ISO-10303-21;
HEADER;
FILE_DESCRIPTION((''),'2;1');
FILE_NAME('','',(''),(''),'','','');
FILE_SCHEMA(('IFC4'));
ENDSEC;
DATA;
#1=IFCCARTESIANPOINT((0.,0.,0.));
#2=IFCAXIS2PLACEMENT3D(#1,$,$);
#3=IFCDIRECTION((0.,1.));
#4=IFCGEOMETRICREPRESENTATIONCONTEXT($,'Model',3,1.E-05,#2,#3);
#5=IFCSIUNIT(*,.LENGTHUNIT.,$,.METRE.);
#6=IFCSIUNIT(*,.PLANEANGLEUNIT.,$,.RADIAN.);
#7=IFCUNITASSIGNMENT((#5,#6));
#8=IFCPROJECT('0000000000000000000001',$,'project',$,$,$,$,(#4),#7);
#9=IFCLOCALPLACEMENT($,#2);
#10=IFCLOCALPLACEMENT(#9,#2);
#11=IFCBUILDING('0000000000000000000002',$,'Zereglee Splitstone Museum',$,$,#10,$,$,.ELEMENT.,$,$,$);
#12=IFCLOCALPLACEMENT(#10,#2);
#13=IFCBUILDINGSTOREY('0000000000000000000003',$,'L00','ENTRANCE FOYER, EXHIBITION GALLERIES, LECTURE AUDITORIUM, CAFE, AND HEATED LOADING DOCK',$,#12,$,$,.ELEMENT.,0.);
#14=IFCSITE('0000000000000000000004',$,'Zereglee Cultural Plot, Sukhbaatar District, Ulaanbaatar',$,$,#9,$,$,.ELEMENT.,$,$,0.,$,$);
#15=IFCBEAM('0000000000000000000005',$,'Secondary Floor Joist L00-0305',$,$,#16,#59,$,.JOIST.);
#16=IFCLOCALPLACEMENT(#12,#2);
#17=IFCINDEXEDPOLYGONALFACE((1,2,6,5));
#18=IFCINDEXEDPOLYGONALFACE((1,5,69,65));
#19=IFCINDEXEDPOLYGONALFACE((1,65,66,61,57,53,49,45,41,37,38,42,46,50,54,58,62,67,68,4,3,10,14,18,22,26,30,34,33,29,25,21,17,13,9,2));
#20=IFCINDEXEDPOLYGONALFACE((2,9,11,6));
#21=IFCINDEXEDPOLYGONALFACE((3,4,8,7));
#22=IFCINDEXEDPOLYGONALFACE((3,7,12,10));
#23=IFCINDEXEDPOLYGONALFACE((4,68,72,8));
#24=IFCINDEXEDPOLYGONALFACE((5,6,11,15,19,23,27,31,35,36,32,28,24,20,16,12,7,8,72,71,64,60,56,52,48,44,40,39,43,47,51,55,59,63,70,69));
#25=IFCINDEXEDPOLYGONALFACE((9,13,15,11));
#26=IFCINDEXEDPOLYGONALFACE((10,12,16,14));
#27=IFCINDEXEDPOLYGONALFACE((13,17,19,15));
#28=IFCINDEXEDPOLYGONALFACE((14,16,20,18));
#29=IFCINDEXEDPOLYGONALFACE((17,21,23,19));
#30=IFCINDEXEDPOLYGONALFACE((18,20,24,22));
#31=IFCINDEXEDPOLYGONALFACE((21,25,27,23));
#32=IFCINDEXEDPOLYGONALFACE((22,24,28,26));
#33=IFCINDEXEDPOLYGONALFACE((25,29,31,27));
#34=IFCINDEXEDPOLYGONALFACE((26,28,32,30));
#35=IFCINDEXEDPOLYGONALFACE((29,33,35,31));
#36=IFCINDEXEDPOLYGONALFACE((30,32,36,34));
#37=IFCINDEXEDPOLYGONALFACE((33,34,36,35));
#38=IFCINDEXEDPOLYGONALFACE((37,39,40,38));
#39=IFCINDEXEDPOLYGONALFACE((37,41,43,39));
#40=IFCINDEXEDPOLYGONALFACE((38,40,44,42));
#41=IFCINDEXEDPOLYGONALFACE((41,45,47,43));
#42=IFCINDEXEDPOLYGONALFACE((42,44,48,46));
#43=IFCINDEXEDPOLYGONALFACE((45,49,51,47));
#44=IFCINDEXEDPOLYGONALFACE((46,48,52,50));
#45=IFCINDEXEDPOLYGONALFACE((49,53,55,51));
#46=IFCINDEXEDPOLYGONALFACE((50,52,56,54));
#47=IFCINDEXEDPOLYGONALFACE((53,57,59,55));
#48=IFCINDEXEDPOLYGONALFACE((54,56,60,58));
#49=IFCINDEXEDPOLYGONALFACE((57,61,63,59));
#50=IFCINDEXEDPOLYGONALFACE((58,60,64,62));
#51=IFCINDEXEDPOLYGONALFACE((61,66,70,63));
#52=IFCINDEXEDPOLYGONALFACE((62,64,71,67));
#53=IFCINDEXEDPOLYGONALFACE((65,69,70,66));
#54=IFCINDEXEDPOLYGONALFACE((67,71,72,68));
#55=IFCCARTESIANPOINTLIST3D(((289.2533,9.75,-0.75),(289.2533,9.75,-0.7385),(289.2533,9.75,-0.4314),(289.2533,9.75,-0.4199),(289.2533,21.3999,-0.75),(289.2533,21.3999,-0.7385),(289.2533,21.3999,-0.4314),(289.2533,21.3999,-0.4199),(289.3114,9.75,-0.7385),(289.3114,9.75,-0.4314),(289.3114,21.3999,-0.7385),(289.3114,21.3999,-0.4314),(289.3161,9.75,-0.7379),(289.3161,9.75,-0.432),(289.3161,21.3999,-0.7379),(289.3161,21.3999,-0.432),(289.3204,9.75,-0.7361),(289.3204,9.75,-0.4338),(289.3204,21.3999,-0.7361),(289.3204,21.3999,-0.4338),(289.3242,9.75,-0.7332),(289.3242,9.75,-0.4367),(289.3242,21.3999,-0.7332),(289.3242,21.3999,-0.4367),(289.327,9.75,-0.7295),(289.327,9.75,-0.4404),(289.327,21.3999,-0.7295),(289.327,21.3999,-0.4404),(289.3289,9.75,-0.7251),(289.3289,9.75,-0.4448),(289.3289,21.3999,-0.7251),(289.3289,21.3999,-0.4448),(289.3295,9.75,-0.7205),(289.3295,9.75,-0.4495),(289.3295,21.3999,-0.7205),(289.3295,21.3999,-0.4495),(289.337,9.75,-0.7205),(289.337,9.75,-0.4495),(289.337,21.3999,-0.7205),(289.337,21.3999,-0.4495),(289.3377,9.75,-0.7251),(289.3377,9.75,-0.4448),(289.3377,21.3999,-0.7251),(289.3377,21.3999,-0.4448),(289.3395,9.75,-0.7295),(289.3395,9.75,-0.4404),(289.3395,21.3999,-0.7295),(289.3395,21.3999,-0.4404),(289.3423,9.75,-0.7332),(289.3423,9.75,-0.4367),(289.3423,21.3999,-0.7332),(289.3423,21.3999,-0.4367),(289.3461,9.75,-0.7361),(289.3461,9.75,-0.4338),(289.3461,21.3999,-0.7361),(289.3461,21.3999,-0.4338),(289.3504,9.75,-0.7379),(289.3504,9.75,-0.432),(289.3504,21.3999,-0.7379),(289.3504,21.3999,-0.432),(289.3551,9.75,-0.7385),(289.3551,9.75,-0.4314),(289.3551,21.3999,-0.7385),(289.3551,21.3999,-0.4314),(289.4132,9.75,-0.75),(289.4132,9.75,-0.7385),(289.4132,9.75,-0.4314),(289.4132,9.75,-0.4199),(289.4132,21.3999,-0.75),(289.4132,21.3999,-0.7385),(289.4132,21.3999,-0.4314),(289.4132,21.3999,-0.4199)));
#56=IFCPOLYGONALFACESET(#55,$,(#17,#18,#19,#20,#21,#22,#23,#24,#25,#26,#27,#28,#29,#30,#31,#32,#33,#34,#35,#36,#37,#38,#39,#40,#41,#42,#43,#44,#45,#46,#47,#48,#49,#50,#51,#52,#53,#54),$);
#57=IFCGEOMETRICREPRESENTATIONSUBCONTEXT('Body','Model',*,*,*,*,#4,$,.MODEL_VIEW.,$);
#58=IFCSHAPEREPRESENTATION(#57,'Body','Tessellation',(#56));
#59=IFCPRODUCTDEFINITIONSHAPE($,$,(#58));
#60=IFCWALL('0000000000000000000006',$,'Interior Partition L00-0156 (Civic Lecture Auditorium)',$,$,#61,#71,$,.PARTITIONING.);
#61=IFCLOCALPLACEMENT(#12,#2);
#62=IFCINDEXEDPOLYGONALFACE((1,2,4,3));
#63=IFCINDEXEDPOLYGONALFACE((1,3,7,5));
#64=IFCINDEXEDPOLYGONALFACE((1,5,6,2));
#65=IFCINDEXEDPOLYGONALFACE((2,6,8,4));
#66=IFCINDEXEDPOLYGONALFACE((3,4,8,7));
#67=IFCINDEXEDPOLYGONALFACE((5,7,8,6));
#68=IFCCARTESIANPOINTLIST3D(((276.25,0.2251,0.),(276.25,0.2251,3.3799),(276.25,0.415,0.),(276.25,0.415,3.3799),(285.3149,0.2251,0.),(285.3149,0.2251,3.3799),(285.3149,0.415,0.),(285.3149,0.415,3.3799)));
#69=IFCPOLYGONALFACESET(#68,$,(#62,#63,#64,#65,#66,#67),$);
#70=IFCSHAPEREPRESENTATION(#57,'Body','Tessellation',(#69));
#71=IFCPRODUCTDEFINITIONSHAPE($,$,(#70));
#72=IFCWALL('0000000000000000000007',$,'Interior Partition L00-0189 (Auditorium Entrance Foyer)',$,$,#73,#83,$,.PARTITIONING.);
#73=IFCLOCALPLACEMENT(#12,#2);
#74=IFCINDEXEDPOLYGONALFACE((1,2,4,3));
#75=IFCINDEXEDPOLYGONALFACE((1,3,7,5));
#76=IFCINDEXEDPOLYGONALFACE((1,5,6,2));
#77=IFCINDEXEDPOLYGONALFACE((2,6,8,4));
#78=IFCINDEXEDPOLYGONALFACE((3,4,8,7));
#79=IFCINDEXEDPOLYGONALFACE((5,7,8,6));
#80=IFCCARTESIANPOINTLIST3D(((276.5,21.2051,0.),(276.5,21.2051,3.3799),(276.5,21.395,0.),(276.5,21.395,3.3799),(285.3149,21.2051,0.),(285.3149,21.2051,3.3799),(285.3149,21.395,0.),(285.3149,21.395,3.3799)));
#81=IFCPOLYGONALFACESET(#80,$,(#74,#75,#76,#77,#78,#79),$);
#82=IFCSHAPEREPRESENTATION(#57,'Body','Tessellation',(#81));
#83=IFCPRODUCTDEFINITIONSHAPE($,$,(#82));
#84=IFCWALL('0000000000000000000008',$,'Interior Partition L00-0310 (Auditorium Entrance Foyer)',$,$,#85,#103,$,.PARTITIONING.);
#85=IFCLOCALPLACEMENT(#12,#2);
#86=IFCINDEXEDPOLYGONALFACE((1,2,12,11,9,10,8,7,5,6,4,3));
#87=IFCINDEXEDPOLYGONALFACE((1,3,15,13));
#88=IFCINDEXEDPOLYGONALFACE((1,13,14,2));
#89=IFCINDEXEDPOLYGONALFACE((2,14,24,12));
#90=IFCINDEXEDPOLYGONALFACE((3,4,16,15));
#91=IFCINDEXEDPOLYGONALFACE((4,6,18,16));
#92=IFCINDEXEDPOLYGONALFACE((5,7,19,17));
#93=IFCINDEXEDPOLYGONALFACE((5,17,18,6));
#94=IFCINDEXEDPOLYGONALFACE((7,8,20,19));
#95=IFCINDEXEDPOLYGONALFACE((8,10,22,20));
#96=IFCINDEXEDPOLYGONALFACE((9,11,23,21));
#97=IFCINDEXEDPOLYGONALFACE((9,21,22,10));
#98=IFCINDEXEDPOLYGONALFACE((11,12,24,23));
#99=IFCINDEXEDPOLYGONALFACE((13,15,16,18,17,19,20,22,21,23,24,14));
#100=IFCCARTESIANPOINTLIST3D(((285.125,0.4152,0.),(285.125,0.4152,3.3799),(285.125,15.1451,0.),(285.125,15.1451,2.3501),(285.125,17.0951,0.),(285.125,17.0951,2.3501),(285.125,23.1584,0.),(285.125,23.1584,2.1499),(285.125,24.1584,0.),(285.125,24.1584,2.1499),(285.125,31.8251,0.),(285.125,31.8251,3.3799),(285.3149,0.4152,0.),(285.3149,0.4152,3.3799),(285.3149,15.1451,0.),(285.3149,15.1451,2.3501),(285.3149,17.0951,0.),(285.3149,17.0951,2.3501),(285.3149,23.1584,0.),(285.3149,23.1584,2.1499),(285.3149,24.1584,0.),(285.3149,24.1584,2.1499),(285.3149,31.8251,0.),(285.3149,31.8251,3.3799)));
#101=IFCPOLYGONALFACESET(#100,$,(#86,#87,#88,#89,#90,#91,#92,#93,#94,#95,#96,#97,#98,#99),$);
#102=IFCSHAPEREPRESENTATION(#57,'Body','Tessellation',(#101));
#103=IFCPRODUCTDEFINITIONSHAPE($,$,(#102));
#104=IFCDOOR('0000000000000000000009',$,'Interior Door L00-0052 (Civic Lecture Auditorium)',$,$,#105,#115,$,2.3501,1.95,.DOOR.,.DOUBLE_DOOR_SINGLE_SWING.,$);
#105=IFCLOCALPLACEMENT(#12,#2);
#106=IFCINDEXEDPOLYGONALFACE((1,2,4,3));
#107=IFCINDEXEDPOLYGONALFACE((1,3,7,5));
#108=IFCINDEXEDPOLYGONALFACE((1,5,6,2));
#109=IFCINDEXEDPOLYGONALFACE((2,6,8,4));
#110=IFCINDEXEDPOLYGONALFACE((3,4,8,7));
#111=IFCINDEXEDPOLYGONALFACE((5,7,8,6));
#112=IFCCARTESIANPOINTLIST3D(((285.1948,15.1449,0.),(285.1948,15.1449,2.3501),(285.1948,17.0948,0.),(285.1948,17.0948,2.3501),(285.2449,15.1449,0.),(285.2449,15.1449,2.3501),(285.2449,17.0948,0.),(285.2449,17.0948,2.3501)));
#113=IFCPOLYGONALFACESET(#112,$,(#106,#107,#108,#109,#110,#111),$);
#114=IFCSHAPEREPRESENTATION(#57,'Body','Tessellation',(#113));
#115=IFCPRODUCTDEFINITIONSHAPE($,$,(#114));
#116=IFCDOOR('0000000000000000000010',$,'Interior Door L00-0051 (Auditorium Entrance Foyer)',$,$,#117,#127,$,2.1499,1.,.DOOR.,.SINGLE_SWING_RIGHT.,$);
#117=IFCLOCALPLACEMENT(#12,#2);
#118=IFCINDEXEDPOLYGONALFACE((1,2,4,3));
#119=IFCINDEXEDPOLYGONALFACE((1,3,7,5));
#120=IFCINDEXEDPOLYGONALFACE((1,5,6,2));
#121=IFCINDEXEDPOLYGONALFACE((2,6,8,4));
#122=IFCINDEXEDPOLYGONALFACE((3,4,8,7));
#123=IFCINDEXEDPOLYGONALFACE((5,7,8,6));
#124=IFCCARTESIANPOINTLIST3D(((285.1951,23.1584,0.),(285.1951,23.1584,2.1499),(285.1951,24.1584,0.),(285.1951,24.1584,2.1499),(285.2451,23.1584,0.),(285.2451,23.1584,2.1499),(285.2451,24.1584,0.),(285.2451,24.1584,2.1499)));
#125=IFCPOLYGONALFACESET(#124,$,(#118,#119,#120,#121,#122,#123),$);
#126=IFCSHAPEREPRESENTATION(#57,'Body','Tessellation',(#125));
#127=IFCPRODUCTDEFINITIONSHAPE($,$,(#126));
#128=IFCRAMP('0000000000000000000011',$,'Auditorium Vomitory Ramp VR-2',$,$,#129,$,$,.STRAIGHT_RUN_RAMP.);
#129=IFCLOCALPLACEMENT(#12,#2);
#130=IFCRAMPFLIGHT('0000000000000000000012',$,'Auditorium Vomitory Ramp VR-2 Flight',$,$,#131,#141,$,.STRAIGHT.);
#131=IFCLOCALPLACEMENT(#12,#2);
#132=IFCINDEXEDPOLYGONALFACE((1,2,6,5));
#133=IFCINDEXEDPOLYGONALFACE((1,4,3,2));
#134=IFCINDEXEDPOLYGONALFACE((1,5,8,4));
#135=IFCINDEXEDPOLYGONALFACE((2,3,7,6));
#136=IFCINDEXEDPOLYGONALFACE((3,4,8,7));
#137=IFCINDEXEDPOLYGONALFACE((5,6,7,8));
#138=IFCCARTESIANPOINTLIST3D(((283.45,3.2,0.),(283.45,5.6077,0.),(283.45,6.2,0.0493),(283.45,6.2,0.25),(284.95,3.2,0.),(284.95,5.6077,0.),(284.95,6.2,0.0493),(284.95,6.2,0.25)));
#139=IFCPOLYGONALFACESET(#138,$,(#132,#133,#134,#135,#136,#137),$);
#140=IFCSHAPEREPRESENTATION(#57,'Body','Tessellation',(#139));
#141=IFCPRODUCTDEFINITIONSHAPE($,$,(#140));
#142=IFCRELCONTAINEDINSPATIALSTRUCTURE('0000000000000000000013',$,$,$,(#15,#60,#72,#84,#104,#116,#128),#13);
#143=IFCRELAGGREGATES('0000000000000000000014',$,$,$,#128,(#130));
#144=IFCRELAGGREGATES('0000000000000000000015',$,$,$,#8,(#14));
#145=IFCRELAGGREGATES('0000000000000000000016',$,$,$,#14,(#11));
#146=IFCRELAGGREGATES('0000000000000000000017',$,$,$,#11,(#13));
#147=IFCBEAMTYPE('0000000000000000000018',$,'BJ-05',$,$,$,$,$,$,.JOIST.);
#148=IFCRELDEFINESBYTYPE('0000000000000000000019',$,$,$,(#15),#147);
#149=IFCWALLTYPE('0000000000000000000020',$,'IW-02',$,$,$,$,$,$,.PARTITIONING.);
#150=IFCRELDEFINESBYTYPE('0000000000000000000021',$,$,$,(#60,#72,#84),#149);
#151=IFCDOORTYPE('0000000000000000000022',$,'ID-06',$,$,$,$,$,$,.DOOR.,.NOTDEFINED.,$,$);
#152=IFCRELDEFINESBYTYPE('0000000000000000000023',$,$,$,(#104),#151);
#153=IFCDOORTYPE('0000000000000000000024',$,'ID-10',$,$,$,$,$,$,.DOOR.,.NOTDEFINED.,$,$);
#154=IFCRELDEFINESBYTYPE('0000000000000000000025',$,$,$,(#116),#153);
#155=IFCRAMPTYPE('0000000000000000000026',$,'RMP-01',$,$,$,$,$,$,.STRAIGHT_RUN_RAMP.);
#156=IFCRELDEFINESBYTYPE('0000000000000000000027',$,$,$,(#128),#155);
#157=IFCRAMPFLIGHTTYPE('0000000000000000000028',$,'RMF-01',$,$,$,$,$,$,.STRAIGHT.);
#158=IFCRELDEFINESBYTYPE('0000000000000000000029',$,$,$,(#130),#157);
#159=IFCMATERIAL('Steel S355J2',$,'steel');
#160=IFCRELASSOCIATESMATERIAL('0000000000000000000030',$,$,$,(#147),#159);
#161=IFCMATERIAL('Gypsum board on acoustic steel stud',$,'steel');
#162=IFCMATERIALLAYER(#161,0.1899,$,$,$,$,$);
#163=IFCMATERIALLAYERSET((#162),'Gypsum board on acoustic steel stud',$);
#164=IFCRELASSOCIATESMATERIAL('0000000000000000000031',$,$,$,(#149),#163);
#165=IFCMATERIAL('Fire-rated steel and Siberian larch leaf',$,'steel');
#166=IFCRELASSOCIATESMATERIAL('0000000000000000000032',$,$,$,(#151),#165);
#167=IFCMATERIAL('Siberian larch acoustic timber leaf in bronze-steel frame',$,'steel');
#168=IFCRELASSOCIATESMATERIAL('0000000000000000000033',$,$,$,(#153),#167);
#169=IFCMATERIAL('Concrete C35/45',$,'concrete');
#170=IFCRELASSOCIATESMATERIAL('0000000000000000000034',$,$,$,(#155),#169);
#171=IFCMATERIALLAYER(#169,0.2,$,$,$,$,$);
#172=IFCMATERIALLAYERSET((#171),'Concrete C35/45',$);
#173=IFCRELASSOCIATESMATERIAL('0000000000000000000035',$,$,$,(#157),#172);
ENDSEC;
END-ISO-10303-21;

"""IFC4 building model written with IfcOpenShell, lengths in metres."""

from ifc_helpers import new_model, si_unit, direction, frame, frame_2d, origin, origin_2d, place, context, subcontext, project, spatial, polyline, rectangle, i_section, outline, extrude, material, layer, layer_set, material_profile, profile_set, type_object, element, fill, aggregate, save


model = new_model("IFC4")

# Units and contexts
model_context = context("Model", 3, precision=1e-05, world=origin(), true_north=direction((0.0, 1.0)))
body_context = subcontext(model_context, "Body", "Model", "MODEL_VIEW")
ifc_project = project(units=[si_unit("LENGTHUNIT", "METRE"), si_unit("PLANEANGLEUNIT", "RADIAN")], contexts=[model_context])

# Site, building, storey
site_placement = place(None, origin())
site = spatial("IfcSite", under=ifc_project, at=site_placement, Name="Zereglee Cultural Plot, Sukhbaatar District, Ulaanbaatar", CompositionType="ELEMENT", RefElevation=0.0)
building_placement = place(site_placement, origin())
building = spatial("IfcBuilding", under=site, at=building_placement, Name="Zereglee Splitstone Museum", CompositionType="ELEMENT")
storey_placement = place(building_placement, origin())
storey = spatial("IfcBuildingStorey", under=building, at=storey_placement, Name="L00", Description="ENTRANCE FOYER, EXHIBITION GALLERIES, LECTURE AUDITORIUM, CAFE, AND HEATED LOADING DOCK", CompositionType="ELEMENT", Elevation=0.0)

# Beam
ifc_material_1 = material(Name="Steel S355J2", Category="steel")
ifc_material_profile_1 = material_profile(ifc_material_1, i_section(OverallWidth=0.1599, OverallDepth=0.3301, WebThickness=0.0076, FlangeThickness=0.0115, FilletRadius=0.0181, at=origin_2d()), Name="IPE 330")
ifc_profile_set_1 = profile_set([ifc_material_profile_1], Name="Steel S355J2")
beam_type_1 = type_object("IfcBeamType", Name="BJ-05", PredefinedType="JOIST", material=ifc_profile_set_1)
beam_1_placement = place(storey_placement, frame((289.3333, 9.75, -0.585), z_axis=(0.0, 1.0, 0.0), x_axis=(-1.0, 0.0, 0.0)))
element("IfcBeam", 1, at=beam_1_placement, inside=storey, type_object=beam_type_1, Name="Secondary Floor Joist L00-0305", PredefinedType="JOIST", context=body_context, shape_type="SweptSolid", body=[
    extrude(i_section(OverallWidth=0.1599, OverallDepth=0.3301, WebThickness=0.0076, FlangeThickness=0.0115, FilletRadius=0.0181, at=origin_2d()), origin(), (0.0, 0.0, 1.0), 11.6499),
])

# Walls
ifc_material_2 = material(Name="Gypsum board on acoustic steel stud", Category="steel")
ifc_layer_1 = layer(ifc_material_2, 0.1899)
ifc_layer_set_1 = layer_set([ifc_layer_1], Name="Gypsum board on acoustic steel stud")
wall_type = type_object("IfcWallType", Name="IW-02", PredefinedType="PARTITIONING", material=ifc_layer_set_1)
wall_1_placement = place(storey_placement, frame((276.25, 0.3201, 0.0), z_axis=(0.0, 0.0, 1.0), x_axis=(1.0, 0.0, 0.0)))
element("IfcWall", 2, at=wall_1_placement, inside=storey, type_object=wall_type, Name="Interior Partition L00-0156 (Civic Lecture Auditorium)", PredefinedType="PARTITIONING", context=body_context, shape_type="SweptSolid", body=[
    extrude(rectangle(XDim=9.0649, YDim=0.1899, at=frame_2d((4.5325, 0.0))), origin(), (0.0, 0.0, 1.0), 3.3799),
])
wall_2_placement = place(storey_placement, frame((276.5, 21.3, 0.0), z_axis=(0.0, 0.0, 1.0), x_axis=(1.0, 0.0, 0.0)))
element("IfcWall", 3, at=wall_2_placement, inside=storey, type_object=wall_type, Name="Interior Partition L00-0189 (Auditorium Entrance Foyer)", PredefinedType="PARTITIONING", context=body_context, shape_type="SweptSolid", body=[
    extrude(rectangle(XDim=8.8149, YDim=0.1899, at=frame_2d((4.4075, 0.0))), origin(), (0.0, 0.0, 1.0), 3.3799),
])

# Wall, openings, doors
wall_3_placement = place(storey_placement, frame((285.22, 0.415, 0.0), z_axis=(0.0, 0.0, 1.0), x_axis=(0.0, 1.0, 0.0)))
wall_3 = element("IfcWall", 4, at=wall_3_placement, inside=storey, type_object=wall_type, Name="Interior Partition L00-0310 (Auditorium Entrance Foyer)", PredefinedType="PARTITIONING", context=body_context, shape_type="SweptSolid", body=[
    extrude(rectangle(XDim=31.4099, YDim=0.1899, at=frame_2d((15.7051, 0.0))), origin(), (0.0, 0.0, 1.0), 3.3799),
])
opening_1_placement = place(wall_3_placement, frame((22.7434, 0.0, 0.0)))
opening_1 = element("IfcOpeningElement", 5, at=opening_1_placement, cuts=wall_3, PredefinedType="OPENING", context=body_context, shape_type="SweptSolid", body=[
    extrude(rectangle(XDim=1.0, YDim=2.1499, at=frame_2d((0.5, 1.075))), frame((0.0, 0.1099, 0.0), z_axis=(0.0, -1.0, 0.0), x_axis=(1.0, 0.0, 0.0)), (0.0, 0.0, 1.0), 0.2197),
])
opening_2_placement = place(wall_3_placement, frame((14.73, 0.0, 0.0)))
opening_2 = element("IfcOpeningElement", 6, at=opening_2_placement, cuts=wall_3, PredefinedType="OPENING", context=body_context, shape_type="SweptSolid", body=[
    extrude(rectangle(XDim=1.95, YDim=2.3501, at=frame_2d((0.9751, 1.175))), frame((0.0, 0.1099, 0.0), z_axis=(0.0, -1.0, 0.0), x_axis=(1.0, 0.0, 0.0)), (0.0, 0.0, 1.0), 0.2197),
])
ifc_material_3 = material(Name="Fire-rated steel and Siberian larch leaf", Category="steel")
door_type_1 = type_object("IfcDoorType", Name="ID-06", OperationType="NOTDEFINED", PredefinedType="DOOR", material=ifc_material_3)
door_1_placement = place(opening_2_placement, frame((1.95, 0.0, 0.0), z_axis=(0.0, 0.0, 1.0), x_axis=(-1.0, 0.0, 0.0)))
door_1 = element("IfcDoor", 7, at=door_1_placement, inside=storey, type_object=door_type_1, Name="Interior Door L00-0052 (Civic Lecture Auditorium)", OperationType="DOUBLE_DOOR_SINGLE_SWING", OverallHeight=2.3501, OverallWidth=1.95, PredefinedType="DOOR", context=body_context, shape_type="SweptSolid", body=[
    extrude(rectangle(XDim=1.95, YDim=2.3501, at=frame_2d((0.9751, 1.175))), frame((0.0, 0.0249, 0.0), z_axis=(0.0, -1.0, 0.0), x_axis=(1.0, 0.0, 0.0)), (0.0, 0.0, 1.0), 0.05),
])
fill(opening_2, door_1)
ifc_material_4 = material(Name="Siberian larch acoustic timber leaf in bronze-steel frame", Category="steel")
door_type_2 = type_object("IfcDoorType", Name="ID-10", OperationType="NOTDEFINED", PredefinedType="DOOR", material=ifc_material_4)
door_2_placement = place(opening_1_placement, origin())
door_2 = element("IfcDoor", 8, at=door_2_placement, inside=storey, type_object=door_type_2, Name="Interior Door L00-0051 (Auditorium Entrance Foyer)", OperationType="SINGLE_SWING_RIGHT", OverallHeight=2.1499, OverallWidth=1.0, PredefinedType="DOOR", context=body_context, shape_type="SweptSolid", body=[
    extrude(rectangle(XDim=1.0, YDim=2.1499, at=frame_2d((0.5, 1.075))), frame((0.0, 0.0249, 0.0), z_axis=(0.0, -1.0, 0.0), x_axis=(1.0, 0.0, 0.0)), (0.0, 0.0, 1.0), 0.05),
])
fill(opening_1, door_2)

# Ramp, ramp flight
ifc_material_5 = material(Name="Concrete C35/45", Category="concrete")
ramp_type = type_object("IfcRampType", Name="RMP-01", PredefinedType="STRAIGHT_RUN_RAMP", material=ifc_material_5)
ramp_placement = place(storey_placement, origin())
ramp = element("IfcRamp", 9, at=ramp_placement, inside=storey, type_object=ramp_type, Name="Auditorium Vomitory Ramp VR-2", PredefinedType="STRAIGHT_RUN_RAMP")
ifc_layer_2 = layer(ifc_material_5, 0.2)
ifc_layer_set_2 = layer_set([ifc_layer_2], Name="Concrete C35/45")
ramp_flight_type = type_object("IfcRampFlightType", Name="RMF-01", PredefinedType="STRAIGHT", material=ifc_layer_set_2)
ramp_flight_placement = place(storey_placement, frame((284.2, 3.2, 0.0), z_axis=(0.0, 0.0, 1.0), x_axis=(0.0, 1.0, 0.0)))
ramp_flight = element("IfcRampFlight", 10, at=ramp_flight_placement, type_object=ramp_flight_type, Name="Auditorium Vomitory Ramp VR-2 Flight", PredefinedType="STRAIGHT", context=body_context, shape_type="SweptSolid", body=[
    extrude(outline(polyline([(0.0, 0.0), (3.0, 0.25), (3.0, 0.0493), (2.4077, 0.0), (0.0, 0.0)])), frame((0.0, 0.75, 0.0), z_axis=(0.0, -1.0, 0.0), x_axis=(1.0, 0.0, 0.0)), (0.0, 0.0, 1.0), 1.5),
])
aggregate(ramp, [ramp_flight])

save(model, "model.ifc")
